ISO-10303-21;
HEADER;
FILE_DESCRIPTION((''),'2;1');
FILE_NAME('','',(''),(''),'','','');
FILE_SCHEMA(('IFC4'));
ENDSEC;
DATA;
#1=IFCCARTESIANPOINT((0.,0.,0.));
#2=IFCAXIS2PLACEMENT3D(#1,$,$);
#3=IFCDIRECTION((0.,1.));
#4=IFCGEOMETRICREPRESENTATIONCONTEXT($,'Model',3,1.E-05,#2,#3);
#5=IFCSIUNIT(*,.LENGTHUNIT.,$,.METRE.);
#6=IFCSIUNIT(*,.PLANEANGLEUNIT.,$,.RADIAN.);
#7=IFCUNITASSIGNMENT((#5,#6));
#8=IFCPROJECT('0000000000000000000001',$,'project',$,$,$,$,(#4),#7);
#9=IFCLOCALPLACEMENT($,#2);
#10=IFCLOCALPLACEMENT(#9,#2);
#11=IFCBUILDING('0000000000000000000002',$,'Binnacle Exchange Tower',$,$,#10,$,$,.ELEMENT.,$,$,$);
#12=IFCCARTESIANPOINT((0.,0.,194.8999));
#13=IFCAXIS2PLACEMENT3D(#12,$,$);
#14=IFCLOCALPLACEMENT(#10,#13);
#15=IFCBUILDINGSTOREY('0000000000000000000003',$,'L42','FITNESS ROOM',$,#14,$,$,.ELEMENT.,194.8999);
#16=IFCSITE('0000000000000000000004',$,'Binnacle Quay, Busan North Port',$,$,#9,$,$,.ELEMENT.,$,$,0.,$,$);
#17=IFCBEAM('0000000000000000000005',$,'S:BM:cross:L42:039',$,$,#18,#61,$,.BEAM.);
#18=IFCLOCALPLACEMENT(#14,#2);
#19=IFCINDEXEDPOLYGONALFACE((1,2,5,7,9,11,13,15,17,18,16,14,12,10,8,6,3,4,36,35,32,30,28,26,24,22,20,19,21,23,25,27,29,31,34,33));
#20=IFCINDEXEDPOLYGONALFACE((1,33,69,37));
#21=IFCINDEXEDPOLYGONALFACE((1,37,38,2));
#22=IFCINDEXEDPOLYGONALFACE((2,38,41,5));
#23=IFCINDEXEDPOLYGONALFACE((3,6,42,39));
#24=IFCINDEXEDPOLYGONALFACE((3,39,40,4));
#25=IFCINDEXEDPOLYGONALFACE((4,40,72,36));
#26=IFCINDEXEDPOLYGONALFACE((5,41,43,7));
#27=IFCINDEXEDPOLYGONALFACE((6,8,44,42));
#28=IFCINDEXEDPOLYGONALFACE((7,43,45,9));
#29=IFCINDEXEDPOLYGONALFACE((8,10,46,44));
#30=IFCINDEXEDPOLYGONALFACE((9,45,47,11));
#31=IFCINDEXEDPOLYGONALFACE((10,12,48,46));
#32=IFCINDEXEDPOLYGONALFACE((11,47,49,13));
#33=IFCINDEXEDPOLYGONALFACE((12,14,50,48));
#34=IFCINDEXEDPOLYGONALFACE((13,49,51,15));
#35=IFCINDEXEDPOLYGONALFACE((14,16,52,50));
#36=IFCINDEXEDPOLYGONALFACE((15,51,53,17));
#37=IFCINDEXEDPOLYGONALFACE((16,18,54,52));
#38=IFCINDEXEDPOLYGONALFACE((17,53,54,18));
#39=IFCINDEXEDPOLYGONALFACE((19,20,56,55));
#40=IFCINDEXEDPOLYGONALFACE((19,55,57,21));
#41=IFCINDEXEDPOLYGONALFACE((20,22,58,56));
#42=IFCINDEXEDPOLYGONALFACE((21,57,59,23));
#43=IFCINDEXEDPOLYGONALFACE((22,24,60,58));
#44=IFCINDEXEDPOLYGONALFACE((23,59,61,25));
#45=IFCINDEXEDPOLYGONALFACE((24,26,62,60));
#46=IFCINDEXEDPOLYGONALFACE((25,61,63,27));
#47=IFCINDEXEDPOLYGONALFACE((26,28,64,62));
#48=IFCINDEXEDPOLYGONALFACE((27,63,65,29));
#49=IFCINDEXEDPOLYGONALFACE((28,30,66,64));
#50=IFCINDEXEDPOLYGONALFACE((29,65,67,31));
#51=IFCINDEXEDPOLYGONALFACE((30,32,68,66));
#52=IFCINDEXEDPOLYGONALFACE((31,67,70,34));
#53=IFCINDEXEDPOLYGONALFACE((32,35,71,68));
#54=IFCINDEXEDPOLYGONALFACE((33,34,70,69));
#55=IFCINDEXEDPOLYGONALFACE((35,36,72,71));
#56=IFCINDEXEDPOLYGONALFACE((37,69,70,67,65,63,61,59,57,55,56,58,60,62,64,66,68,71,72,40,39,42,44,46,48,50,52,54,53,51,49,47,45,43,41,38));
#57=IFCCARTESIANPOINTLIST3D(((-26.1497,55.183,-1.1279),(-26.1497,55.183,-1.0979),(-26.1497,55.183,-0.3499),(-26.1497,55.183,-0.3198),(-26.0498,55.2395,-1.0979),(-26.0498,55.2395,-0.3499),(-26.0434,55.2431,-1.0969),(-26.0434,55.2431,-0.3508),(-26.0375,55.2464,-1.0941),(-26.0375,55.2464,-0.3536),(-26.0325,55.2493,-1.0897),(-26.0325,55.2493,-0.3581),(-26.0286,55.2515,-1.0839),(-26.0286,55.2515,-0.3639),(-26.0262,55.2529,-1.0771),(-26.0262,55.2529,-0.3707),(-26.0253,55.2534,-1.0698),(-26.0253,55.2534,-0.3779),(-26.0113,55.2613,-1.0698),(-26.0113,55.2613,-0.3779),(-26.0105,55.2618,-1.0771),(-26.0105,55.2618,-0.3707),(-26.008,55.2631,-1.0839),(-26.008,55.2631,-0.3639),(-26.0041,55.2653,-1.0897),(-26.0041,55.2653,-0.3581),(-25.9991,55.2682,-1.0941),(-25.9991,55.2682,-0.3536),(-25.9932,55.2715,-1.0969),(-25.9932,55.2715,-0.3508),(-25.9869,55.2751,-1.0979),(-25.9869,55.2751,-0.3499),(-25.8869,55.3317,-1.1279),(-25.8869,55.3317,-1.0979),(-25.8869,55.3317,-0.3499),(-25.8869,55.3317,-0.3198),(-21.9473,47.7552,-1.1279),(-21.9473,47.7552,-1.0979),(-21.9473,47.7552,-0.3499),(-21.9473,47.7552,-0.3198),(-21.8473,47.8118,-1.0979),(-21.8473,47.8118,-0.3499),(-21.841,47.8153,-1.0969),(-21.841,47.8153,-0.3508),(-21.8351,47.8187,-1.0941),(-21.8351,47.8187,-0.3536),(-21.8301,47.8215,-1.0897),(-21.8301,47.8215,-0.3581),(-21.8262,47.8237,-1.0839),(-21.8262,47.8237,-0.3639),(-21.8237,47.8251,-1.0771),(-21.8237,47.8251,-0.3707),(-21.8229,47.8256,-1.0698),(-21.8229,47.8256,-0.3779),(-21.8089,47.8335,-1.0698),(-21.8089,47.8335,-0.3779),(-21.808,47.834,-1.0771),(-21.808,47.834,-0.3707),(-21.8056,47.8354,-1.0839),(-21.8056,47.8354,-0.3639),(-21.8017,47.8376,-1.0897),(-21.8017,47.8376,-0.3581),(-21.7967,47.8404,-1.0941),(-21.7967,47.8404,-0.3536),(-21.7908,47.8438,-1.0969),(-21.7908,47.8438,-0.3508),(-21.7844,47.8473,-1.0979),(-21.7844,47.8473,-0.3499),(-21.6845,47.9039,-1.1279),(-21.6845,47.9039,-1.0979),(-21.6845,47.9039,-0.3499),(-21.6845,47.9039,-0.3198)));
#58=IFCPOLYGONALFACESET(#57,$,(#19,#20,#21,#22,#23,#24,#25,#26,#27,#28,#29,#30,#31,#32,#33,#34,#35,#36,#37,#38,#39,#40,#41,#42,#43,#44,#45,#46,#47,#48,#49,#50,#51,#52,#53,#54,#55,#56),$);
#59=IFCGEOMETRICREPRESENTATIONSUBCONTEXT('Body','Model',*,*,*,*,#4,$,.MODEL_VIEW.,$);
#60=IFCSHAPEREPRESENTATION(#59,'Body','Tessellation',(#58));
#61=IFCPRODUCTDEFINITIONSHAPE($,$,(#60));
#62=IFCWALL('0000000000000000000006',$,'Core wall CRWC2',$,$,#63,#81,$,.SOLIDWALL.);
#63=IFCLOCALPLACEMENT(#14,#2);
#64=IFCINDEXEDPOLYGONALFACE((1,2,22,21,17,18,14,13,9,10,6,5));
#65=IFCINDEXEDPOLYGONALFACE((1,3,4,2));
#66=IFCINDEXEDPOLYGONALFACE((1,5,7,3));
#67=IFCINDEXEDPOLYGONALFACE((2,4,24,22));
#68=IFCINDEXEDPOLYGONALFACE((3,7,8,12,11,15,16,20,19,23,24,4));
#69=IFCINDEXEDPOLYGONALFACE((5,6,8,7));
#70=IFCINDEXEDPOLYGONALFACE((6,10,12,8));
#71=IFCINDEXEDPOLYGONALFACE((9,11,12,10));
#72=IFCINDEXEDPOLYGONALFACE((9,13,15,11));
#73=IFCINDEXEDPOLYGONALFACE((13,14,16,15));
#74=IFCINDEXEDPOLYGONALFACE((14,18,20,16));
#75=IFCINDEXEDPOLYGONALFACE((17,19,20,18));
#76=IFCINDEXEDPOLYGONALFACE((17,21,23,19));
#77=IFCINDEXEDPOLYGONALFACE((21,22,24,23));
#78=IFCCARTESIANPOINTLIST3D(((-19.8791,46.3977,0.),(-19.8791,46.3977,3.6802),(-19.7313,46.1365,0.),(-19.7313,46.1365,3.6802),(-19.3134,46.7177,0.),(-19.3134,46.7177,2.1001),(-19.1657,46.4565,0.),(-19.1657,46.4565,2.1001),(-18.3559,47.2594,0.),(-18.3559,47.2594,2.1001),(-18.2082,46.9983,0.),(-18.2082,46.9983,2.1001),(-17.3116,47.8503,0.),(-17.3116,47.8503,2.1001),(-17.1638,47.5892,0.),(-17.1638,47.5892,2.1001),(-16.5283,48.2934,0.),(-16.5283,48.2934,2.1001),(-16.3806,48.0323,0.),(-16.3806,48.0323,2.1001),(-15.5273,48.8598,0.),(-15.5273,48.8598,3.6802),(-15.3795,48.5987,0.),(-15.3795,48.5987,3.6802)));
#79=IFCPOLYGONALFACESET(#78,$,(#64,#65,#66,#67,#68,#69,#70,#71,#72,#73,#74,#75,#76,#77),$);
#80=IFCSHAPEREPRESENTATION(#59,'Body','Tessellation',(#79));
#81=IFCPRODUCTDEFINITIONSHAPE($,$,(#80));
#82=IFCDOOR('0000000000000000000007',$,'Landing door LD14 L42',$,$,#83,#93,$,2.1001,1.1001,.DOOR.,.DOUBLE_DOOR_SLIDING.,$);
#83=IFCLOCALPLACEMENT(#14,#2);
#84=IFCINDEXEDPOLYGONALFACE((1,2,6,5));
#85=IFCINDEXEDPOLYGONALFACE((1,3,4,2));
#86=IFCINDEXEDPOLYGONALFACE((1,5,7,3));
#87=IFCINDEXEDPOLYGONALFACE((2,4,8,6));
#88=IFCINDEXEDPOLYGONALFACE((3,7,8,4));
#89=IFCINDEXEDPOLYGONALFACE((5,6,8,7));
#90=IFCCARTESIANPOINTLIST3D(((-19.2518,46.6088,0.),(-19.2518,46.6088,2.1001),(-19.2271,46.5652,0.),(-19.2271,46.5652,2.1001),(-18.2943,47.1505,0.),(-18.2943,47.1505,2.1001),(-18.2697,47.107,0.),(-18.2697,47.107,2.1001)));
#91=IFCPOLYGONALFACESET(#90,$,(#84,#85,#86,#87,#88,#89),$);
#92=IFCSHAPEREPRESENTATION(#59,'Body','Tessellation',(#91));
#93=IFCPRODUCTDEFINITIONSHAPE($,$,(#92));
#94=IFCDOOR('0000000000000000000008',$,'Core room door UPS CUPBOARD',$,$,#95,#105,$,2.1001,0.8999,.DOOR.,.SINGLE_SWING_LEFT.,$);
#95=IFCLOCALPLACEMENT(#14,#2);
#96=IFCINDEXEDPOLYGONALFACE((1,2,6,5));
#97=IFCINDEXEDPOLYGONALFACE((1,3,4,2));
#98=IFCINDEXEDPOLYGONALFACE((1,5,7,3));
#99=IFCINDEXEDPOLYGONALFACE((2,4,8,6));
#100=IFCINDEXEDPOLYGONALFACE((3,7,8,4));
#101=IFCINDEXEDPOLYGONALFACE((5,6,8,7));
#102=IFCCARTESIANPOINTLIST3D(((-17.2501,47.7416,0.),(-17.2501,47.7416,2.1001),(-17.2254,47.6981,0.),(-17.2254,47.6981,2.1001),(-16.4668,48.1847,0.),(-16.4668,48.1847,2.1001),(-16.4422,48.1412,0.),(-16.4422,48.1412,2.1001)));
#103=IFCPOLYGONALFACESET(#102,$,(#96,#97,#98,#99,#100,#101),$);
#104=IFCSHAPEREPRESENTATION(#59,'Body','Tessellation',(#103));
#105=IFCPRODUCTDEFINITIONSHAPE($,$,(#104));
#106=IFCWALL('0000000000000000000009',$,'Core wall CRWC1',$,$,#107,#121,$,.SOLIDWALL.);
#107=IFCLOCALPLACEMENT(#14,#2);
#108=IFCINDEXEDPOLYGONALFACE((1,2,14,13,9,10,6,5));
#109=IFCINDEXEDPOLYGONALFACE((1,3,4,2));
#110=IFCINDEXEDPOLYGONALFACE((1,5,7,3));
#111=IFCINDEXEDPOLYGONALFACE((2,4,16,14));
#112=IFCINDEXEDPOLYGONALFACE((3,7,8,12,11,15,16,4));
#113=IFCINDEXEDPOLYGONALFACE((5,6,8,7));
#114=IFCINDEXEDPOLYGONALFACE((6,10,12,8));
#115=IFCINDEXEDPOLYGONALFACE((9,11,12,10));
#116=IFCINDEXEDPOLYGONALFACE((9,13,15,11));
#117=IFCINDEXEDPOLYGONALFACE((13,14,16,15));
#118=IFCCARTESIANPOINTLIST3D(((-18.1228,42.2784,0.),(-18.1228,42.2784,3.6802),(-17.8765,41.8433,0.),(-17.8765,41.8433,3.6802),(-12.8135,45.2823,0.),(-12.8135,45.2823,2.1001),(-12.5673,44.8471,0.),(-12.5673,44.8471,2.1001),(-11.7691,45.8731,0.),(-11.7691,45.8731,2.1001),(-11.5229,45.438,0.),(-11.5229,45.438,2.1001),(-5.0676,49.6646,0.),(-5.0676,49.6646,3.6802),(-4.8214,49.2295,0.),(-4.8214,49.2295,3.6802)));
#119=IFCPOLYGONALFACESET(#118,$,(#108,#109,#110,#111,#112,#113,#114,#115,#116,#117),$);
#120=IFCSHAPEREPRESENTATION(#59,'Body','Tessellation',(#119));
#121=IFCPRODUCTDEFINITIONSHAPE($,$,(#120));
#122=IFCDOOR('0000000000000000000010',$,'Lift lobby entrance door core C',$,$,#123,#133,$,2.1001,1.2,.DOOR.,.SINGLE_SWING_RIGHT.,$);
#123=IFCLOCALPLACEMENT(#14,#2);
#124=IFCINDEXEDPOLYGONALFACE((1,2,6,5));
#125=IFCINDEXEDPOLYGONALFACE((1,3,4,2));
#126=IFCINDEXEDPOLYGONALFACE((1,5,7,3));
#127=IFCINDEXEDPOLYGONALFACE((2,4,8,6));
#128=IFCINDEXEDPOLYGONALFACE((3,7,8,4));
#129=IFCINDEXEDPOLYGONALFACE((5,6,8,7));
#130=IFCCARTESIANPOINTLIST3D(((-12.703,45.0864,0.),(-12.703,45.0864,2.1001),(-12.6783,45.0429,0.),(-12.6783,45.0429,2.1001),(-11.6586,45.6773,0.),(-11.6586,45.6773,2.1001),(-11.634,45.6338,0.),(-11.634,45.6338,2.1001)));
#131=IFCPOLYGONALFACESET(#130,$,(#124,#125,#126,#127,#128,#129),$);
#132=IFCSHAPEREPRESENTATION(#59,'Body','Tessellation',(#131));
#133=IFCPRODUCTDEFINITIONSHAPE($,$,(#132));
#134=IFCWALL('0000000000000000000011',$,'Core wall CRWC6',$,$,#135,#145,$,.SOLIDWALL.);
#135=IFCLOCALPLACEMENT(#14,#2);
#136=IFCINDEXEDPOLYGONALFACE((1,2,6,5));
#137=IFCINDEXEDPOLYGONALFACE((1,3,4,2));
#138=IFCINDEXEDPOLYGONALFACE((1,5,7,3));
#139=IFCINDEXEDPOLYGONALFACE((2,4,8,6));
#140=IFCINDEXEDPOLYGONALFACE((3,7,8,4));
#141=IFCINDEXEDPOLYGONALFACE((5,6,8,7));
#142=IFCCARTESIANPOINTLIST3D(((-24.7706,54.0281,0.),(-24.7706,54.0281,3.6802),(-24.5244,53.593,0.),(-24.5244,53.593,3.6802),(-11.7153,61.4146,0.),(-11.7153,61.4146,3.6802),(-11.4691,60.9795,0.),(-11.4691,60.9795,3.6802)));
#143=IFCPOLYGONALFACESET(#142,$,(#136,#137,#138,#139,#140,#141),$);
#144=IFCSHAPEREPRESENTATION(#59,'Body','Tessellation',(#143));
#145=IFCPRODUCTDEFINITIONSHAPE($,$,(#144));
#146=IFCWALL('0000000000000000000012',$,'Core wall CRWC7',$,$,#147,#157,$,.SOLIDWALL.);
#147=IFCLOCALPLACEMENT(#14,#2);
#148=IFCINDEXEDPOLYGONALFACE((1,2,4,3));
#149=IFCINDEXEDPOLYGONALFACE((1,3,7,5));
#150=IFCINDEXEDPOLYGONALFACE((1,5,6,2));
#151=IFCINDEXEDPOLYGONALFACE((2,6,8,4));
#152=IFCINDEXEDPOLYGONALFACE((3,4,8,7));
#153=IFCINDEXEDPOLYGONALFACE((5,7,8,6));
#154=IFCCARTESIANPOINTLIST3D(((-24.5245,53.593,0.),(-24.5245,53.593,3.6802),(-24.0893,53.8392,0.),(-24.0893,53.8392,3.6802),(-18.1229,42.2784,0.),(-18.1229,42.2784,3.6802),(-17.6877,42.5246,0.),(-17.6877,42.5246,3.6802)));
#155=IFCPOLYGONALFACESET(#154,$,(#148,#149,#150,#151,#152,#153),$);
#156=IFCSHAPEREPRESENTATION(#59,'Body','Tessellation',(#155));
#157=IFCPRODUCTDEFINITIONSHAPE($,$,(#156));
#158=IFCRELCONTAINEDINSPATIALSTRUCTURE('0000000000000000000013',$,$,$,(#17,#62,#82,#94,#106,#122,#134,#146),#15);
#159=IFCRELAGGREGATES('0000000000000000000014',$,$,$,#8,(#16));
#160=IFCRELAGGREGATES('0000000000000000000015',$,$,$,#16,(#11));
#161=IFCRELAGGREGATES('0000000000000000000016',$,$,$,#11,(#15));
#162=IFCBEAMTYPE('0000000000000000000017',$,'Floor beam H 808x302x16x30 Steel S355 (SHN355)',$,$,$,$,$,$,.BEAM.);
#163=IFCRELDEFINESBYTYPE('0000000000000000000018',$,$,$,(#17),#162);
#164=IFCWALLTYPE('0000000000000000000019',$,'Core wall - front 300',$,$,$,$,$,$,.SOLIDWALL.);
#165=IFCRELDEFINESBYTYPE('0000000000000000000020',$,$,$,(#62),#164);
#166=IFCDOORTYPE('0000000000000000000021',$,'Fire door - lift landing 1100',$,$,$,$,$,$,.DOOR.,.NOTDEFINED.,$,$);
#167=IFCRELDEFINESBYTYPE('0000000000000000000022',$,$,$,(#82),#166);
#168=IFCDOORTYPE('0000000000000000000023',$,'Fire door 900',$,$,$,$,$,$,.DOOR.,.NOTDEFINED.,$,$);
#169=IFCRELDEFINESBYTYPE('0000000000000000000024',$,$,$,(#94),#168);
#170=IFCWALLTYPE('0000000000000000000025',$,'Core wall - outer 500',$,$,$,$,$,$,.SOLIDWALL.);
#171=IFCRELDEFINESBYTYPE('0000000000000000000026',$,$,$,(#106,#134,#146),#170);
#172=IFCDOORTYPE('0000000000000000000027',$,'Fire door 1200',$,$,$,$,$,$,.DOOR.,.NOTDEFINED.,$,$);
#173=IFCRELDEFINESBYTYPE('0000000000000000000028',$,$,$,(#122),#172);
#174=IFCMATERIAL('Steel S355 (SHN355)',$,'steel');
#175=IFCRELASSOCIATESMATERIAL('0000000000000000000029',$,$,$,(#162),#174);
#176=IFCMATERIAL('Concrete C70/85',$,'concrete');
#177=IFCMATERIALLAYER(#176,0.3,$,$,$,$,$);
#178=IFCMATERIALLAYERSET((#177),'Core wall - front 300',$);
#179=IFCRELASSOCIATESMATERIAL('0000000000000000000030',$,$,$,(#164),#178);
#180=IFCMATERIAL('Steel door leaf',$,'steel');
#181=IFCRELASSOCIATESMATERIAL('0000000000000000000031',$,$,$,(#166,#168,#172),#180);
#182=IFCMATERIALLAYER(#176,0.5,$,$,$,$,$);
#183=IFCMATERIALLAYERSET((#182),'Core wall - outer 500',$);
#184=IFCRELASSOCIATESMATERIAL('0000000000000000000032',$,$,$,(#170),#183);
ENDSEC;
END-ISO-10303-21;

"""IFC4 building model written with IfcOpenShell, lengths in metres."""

from ifc_helpers import new_model, si_unit, direction, frame, frame_2d, origin, origin_2d, place, context, subcontext, project, spatial, rectangle, i_section, extrude, material, layer, layer_set, material_profile, profile_set, type_object, element, fill, save


model = new_model("IFC4")

# Units and contexts
model_context = context("Model", 3, precision=1e-05, world=origin(), true_north=direction((0.0, 1.0)))
body_context = subcontext(model_context, "Body", "Model", "MODEL_VIEW")
ifc_project = project(units=[si_unit("LENGTHUNIT", "METRE"), si_unit("PLANEANGLEUNIT", "RADIAN")], contexts=[model_context])

# Site, building, storey
site_placement = place(None, origin())
site = spatial("IfcSite", under=ifc_project, at=site_placement, Name="Binnacle Quay, Busan North Port", CompositionType="ELEMENT", RefElevation=0.0)
building_placement = place(site_placement, origin())
building = spatial("IfcBuilding", under=site, at=building_placement, Name="Binnacle Exchange Tower", CompositionType="ELEMENT")
storey_placement = place(building_placement, frame((0.0, 0.0, 194.8999)))
storey = spatial("IfcBuildingStorey", under=building, at=storey_placement, Name="L42", Description="FITNESS ROOM", CompositionType="ELEMENT", Elevation=194.8999)

# Shared definitions
ifc_material_1 = material(Name="Concrete C70/85", Category="concrete")

# Beam
ifc_material_2 = material(Name="Steel S355 (SHN355)", Category="steel")
ifc_material_profile_1 = material_profile(ifc_material_2, i_section(OverallWidth=0.302, OverallDepth=0.8081, WebThickness=0.0161, FlangeThickness=0.03, FilletRadius=0.0281, at=origin_2d()), Name="H 808x302x16x30")
ifc_profile_set_1 = profile_set([ifc_material_profile_1], Name="Steel S355 (SHN355)")
beam_type_1 = type_object("IfcBeamType", Name="Floor beam H 808x302x16x30 Steel S355 (SHN355)", PredefinedType="BEAM", material=ifc_profile_set_1)
beam_1_placement = place(storey_placement, frame((-26.0183, 55.2573, -0.7239), z_axis=(0.492422, -0.870357, 0.0), x_axis=(0.870357, 0.492422, 0.0)))
element("IfcBeam", 1, at=beam_1_placement, inside=storey, type_object=beam_type_1, Name="S:BM:cross:L42:039", PredefinedType="BEAM", context=body_context, shape_type="SweptSolid", body=[
    extrude(i_section(OverallWidth=0.302, OverallDepth=0.8081, WebThickness=0.0161, FlangeThickness=0.03, FilletRadius=0.0281, at=origin_2d()), origin(), (0.0, 0.0, 1.0), 8.5342),
])

# Wall, openings, doors
ifc_layer_1 = layer(ifc_material_1, 0.3)
ifc_layer_set_1 = layer_set([ifc_layer_1], Name="Core wall - front 300")
wall_type_1 = type_object("IfcWallType", Name="Core wall - front 300", PredefinedType="SOLIDWALL", material=ifc_layer_set_1)
wall_1_placement = place(storey_placement, frame((-19.8052, 46.2671, 0.0), z_axis=(0.0, 0.0, 1.0), x_axis=(0.870354, 0.492427, 0.0)))
wall_1 = element("IfcWall", 2, at=wall_1_placement, inside=storey, type_object=wall_type_1, Name="Core wall CRWC2", PredefinedType="SOLIDWALL", context=body_context, shape_type="SweptSolid", body=[
    extrude(rectangle(XDim=5.0, YDim=0.3, at=frame_2d((2.5, 0.0))), origin(), (0.0, 0.0, 1.0), 3.6802),
])
opening_1_placement = place(wall_1_placement, frame((0.6499, 0.0, 0.0)))
opening_1 = element("IfcOpeningElement", 3, at=opening_1_placement, cuts=wall_1, PredefinedType="OPENING", context=body_context, shape_type="SweptSolid", body=[
    extrude(rectangle(XDim=1.1001, YDim=2.1001, at=frame_2d((0.55, 1.05))), frame((0.0, 0.1599, 0.0), z_axis=(0.0, -1.0, 0.0), x_axis=(1.0, 0.0, 0.0)), (0.0, 0.0, 1.0), 0.3201),
])
opening_2_placement = place(wall_1_placement, frame((2.95, 0.0, 0.0)))
opening_2 = element("IfcOpeningElement", 4, at=opening_2_placement, cuts=wall_1, PredefinedType="OPENING", context=body_context, shape_type="SweptSolid", body=[
    extrude(rectangle(XDim=0.8999, YDim=2.1001, at=frame_2d((0.45, 1.05))), frame((0.0, 0.1599, 0.0), z_axis=(0.0, -1.0, 0.0), x_axis=(1.0, 0.0, 0.0)), (0.0, 0.0, 1.0), 0.3201),
])
ifc_material_3 = material(Name="Steel door leaf", Category="steel")
door_type_1 = type_object("IfcDoorType", Name="Fire door - lift landing 1100", OperationType="NOTDEFINED", PredefinedType="DOOR", material=ifc_material_3)
door_1_placement = place(opening_1_placement, origin())
door_1 = element("IfcDoor", 5, at=door_1_placement, inside=storey, type_object=door_type_1, Name="Landing door LD14 L42", OperationType="DOUBLE_DOOR_SLIDING", OverallHeight=2.1001, OverallWidth=1.1001, PredefinedType="DOOR", context=body_context, shape_type="SweptSolid", body=[
    extrude(rectangle(XDim=1.1001, YDim=2.1001, at=frame_2d((0.55, 1.05))), frame((0.0, 0.0249, 0.0), z_axis=(0.0, -1.0, 0.0), x_axis=(1.0, 0.0, 0.0)), (0.0, 0.0, 1.0), 0.05),
])
fill(opening_1, door_1)
door_type_2 = type_object("IfcDoorType", Name="Fire door 900", OperationType="NOTDEFINED", PredefinedType="DOOR", material=ifc_material_3)
door_2_placement = place(opening_2_placement, frame((0.8999, 0.0, 0.0), z_axis=(0.0, 0.0, 1.0), x_axis=(-1.0, 0.0, 0.0)))
door_2 = element("IfcDoor", 6, at=door_2_placement, inside=storey, type_object=door_type_2, Name="Core room door UPS CUPBOARD", OperationType="SINGLE_SWING_LEFT", OverallHeight=2.1001, OverallWidth=0.8999, PredefinedType="DOOR", context=body_context, shape_type="SweptSolid", body=[
    extrude(rectangle(XDim=0.8999, YDim=2.1001, at=frame_2d((0.45, 1.05))), frame((0.0, 0.0249, 0.0), z_axis=(0.0, -1.0, 0.0), x_axis=(1.0, 0.0, 0.0)), (0.0, 0.0, 1.0), 0.05),
])
fill(opening_2, door_2)

# Wall, opening, door
ifc_layer_2 = layer(ifc_material_1, 0.5)
ifc_layer_set_2 = layer_set([ifc_layer_2], Name="Core wall - outer 500")
wall_type_2 = type_object("IfcWallType", Name="Core wall - outer 500", PredefinedType="SOLIDWALL", material=ifc_layer_set_2)
wall_2_placement = place(storey_placement, frame((-17.9998, 42.0608, 0.0), z_axis=(0.0, 0.0, 1.0), x_axis=(0.870357, 0.492422, 0.0)))
wall_2 = element("IfcWall", 7, at=wall_2_placement, inside=storey, type_object=wall_type_2, Name="Core wall CRWC1", PredefinedType="SOLIDWALL", context=body_context, shape_type="SweptSolid", body=[
    extrude(rectangle(XDim=14.9998, YDim=0.5, at=frame_2d((7.5, 0.0))), origin(), (0.0, 0.0, 1.0), 3.6802),
])
opening_3_placement = place(wall_2_placement, frame((6.1001, 0.0, 0.0)))
opening_3 = element("IfcOpeningElement", 8, at=opening_3_placement, cuts=wall_2, PredefinedType="OPENING", context=body_context, shape_type="SweptSolid", body=[
    extrude(rectangle(XDim=1.2, YDim=2.1001, at=frame_2d((0.6001, 1.05))), frame((0.0, 0.26, 0.0), z_axis=(0.0, -1.0, 0.0), x_axis=(1.0, 0.0, 0.0)), (0.0, 0.0, 1.0), 0.52),
])
door_type_3 = type_object("IfcDoorType", Name="Fire door 1200", OperationType="NOTDEFINED", PredefinedType="DOOR", material=ifc_material_3)
door_3_placement = place(opening_3_placement, frame((1.2, 0.0, 0.0), z_axis=(0.0, 0.0, 1.0), x_axis=(-1.0, 0.0, 0.0)))
door_3 = element("IfcDoor", 9, at=door_3_placement, inside=storey, type_object=door_type_3, Name="Lift lobby entrance door core C", OperationType="SINGLE_SWING_RIGHT", OverallHeight=2.1001, OverallWidth=1.2, PredefinedType="DOOR", context=body_context, shape_type="SweptSolid", body=[
    extrude(rectangle(XDim=1.2, YDim=2.1001, at=frame_2d((0.6001, 1.05))), frame((0.0, 0.0249, 0.0), z_axis=(0.0, -1.0, 0.0), x_axis=(1.0, 0.0, 0.0)), (0.0, 0.0, 1.0), 0.05),
])
fill(opening_3, door_3)

# Walls
wall_3_placement = place(storey_placement, frame((-24.6475, 53.8105, 0.0), z_axis=(0.0, 0.0, 1.0), x_axis=(0.87035, 0.492434, 0.0)))
element("IfcWall", 10, at=wall_3_placement, inside=storey, type_object=wall_type_2, Name="Core wall CRWC6", PredefinedType="SOLIDWALL", context=body_context, shape_type="SweptSolid", body=[
    extrude(rectangle(XDim=15.0, YDim=0.5, at=frame_2d((7.5, 0.0))), origin(), (0.0, 0.0, 1.0), 3.6802),
])
wall_4_placement = place(storey_placement, frame((-24.3069, 53.7161, 0.0), z_axis=(0.0, 0.0, 1.0), x_axis=(0.492427, -0.870354, 0.0)))
element("IfcWall", 11, at=wall_4_placement, inside=storey, type_object=wall_type_2, Name="Core wall CRWC7", PredefinedType="SOLIDWALL", context=body_context, shape_type="SweptSolid", body=[
    extrude(rectangle(XDim=13.0, YDim=0.5, at=frame_2d((6.5, 0.0))), origin(), (0.0, 0.0, 1.0), 3.6802),
])

save(model, "model.ifc")
